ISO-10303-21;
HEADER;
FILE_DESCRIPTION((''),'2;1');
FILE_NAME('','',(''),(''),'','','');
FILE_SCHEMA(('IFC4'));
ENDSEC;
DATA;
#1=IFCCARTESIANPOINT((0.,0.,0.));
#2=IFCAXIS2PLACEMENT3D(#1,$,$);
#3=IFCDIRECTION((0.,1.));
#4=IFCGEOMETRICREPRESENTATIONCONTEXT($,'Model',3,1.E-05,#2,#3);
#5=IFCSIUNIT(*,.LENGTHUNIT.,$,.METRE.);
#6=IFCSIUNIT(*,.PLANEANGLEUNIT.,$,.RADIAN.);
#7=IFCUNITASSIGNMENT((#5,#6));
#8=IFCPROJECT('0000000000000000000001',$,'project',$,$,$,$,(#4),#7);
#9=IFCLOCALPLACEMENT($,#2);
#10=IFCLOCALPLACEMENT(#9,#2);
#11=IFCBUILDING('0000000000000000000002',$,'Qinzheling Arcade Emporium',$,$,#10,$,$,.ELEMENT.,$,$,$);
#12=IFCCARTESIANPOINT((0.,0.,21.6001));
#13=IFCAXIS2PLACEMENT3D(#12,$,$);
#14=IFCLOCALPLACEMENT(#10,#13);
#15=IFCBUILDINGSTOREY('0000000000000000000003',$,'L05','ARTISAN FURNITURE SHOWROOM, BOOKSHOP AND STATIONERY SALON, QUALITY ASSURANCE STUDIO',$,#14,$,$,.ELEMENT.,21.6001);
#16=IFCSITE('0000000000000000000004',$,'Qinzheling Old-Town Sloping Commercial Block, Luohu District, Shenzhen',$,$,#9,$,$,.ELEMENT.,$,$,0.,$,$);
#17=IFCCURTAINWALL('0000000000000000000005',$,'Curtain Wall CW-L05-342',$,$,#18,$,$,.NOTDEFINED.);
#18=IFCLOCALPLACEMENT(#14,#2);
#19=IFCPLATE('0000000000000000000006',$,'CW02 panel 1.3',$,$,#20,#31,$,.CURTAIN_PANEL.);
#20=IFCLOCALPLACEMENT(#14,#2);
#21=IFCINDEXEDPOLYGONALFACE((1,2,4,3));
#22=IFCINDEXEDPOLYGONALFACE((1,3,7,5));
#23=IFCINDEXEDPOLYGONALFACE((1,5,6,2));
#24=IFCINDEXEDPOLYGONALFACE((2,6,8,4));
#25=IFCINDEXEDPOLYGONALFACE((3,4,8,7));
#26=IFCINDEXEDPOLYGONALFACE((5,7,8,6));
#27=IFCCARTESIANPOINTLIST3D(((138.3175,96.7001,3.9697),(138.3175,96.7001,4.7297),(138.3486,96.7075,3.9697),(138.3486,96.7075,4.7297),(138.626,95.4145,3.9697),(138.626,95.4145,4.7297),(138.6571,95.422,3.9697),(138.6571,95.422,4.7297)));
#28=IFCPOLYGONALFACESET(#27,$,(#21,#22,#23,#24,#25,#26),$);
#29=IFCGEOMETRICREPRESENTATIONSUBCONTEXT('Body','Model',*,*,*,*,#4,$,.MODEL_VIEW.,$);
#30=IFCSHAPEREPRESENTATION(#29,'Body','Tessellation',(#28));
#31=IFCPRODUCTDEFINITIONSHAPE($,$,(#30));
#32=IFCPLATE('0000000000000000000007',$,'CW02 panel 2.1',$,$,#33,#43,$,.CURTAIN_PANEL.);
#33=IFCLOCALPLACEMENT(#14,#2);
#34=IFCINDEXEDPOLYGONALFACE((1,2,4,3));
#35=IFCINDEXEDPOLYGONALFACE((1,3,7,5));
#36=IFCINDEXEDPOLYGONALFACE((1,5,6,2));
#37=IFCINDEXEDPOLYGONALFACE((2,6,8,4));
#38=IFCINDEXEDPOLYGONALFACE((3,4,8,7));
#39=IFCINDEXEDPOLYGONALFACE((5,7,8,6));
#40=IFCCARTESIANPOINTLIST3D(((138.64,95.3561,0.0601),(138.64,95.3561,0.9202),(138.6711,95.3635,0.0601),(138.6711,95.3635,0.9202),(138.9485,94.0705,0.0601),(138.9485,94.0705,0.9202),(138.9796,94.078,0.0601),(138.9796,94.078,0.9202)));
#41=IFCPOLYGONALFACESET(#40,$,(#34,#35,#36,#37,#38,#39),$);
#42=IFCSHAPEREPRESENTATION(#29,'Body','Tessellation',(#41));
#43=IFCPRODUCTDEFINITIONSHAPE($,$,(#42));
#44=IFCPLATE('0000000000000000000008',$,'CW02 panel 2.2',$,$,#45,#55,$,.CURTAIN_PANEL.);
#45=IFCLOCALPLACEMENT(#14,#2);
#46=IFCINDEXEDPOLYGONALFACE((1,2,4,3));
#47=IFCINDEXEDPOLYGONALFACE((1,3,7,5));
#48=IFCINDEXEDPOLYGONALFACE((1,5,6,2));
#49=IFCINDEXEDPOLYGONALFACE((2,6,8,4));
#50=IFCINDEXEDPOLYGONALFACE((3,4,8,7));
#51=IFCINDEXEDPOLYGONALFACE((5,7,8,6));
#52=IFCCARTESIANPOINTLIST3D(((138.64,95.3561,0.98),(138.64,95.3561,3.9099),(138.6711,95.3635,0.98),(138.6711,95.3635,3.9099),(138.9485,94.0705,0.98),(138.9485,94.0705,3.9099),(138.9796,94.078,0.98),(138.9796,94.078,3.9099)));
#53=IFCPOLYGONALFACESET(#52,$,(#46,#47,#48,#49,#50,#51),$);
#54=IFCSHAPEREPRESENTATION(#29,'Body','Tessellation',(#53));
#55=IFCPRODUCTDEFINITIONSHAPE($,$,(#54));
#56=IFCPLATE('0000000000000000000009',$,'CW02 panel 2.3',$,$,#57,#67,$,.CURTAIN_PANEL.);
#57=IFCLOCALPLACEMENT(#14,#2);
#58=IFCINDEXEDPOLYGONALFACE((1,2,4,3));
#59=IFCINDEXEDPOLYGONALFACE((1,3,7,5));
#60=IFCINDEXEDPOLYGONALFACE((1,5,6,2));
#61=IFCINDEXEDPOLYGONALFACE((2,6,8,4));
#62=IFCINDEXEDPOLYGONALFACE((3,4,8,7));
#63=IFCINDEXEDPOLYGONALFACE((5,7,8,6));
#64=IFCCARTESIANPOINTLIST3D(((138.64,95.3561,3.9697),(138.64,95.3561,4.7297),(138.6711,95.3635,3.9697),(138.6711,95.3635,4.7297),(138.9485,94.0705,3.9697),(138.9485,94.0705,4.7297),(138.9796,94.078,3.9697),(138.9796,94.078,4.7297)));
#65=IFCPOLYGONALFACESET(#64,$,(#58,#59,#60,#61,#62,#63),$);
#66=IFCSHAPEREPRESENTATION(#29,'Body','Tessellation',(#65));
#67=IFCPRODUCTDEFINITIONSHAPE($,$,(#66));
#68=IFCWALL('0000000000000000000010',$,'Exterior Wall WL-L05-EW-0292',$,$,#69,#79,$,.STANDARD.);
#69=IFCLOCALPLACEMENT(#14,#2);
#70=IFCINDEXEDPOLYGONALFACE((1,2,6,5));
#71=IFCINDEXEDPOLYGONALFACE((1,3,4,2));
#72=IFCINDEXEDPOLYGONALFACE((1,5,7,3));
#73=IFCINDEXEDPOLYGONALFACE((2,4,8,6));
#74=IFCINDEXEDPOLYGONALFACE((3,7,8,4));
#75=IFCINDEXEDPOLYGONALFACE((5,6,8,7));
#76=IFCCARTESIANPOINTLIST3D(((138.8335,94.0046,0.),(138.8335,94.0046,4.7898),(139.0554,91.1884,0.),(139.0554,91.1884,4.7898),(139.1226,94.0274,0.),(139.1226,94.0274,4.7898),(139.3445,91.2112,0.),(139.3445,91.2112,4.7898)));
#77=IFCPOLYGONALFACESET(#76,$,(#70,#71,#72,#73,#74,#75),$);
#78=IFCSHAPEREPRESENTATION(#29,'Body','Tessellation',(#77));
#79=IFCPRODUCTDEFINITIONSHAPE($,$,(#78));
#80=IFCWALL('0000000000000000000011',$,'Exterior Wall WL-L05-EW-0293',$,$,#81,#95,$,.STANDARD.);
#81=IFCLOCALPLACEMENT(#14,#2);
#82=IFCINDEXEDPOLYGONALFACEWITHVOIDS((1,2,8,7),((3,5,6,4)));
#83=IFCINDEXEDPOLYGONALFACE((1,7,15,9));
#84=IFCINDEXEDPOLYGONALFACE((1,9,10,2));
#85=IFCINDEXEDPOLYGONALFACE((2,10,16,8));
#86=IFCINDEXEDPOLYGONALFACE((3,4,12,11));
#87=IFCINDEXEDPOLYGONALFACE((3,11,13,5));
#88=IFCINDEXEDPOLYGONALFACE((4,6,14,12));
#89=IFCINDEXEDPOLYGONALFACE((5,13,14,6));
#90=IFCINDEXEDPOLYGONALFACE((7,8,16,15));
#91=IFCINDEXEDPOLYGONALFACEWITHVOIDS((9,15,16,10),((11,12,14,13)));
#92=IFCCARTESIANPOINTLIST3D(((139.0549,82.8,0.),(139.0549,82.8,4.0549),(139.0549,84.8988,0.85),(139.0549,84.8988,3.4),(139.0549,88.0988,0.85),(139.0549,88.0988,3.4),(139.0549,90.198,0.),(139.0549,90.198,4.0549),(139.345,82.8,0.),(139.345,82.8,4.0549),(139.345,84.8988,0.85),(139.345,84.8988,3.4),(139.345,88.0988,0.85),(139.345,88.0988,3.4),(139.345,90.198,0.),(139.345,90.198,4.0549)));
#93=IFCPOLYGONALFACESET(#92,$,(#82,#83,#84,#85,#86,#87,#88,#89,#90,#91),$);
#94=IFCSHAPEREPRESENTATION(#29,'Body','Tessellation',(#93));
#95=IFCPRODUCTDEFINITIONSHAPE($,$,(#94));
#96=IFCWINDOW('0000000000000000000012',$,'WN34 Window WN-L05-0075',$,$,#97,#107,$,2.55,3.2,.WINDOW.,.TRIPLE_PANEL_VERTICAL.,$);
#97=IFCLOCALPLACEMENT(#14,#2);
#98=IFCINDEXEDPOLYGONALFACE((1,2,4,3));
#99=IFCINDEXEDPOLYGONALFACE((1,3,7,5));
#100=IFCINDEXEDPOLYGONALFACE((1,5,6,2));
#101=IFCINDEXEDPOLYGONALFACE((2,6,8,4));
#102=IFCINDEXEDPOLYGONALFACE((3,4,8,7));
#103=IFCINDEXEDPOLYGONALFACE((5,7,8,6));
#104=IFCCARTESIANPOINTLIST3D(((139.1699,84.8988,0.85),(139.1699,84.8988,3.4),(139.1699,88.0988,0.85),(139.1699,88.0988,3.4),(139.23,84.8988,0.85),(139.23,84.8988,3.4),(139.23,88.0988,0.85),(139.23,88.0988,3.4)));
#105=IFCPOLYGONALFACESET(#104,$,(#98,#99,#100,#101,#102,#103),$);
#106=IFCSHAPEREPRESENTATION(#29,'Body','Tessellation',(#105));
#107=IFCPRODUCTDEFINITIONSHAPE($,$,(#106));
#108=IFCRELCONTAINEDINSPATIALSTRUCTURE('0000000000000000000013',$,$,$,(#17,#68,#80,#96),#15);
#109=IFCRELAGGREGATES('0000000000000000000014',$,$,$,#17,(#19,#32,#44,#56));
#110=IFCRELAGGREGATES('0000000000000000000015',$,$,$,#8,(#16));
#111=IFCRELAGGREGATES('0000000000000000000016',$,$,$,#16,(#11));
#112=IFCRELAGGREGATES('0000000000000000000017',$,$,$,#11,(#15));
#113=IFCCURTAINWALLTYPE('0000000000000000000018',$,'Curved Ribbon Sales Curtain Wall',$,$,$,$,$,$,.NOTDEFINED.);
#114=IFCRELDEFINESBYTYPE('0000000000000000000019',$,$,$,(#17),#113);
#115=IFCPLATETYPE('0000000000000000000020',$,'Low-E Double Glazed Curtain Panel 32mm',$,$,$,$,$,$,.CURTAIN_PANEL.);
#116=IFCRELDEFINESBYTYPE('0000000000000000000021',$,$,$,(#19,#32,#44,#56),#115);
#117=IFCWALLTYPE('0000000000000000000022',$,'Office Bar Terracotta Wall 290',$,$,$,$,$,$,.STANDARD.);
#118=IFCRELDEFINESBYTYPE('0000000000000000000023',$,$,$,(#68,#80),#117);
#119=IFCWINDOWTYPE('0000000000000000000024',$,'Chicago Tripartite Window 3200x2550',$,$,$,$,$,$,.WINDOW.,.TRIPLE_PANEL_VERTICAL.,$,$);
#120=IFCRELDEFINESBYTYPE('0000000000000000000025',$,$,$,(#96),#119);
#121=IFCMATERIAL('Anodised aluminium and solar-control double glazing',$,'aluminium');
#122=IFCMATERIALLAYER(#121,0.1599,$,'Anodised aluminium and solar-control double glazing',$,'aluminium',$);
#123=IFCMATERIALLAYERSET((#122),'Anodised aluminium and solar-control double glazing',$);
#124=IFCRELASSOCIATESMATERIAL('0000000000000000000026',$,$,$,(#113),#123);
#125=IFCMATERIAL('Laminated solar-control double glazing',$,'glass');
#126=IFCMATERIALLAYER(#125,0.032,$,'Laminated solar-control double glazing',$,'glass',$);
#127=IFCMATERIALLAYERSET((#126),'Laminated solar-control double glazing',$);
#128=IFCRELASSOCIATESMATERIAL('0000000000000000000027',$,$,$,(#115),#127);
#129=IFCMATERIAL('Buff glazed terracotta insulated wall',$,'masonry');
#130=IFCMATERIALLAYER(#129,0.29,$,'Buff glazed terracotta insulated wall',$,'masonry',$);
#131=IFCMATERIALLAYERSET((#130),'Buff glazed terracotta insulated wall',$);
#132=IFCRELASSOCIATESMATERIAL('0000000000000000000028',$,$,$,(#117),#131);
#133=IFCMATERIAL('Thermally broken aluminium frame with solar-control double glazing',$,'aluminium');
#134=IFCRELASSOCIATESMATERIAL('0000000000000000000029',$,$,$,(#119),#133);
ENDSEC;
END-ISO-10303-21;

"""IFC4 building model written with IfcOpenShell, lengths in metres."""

from ifc_helpers import new_model, si_unit, direction, frame, frame_2d, origin, origin_2d, place, context, subcontext, project, spatial, rectangle, extrude, material, layer, layer_set, type_object, element, fill, aggregate, save


model = new_model("IFC4")

# Units and contexts
model_context = context("Model", 3, precision=1e-05, world=origin(), true_north=direction((0.0, 1.0)))
body_context = subcontext(model_context, "Body", "Model", "MODEL_VIEW")
ifc_project = project(units=[si_unit("LENGTHUNIT", "METRE"), si_unit("PLANEANGLEUNIT", "RADIAN")], contexts=[model_context])

# Site, building, storey
site_placement = place(None, origin())
site = spatial("IfcSite", under=ifc_project, at=site_placement, Name="Qinzheling Old-Town Sloping Commercial Block, Luohu District, Shenzhen", CompositionType="ELEMENT", RefElevation=0.0)
building_placement = place(site_placement, origin())
building = spatial("IfcBuilding", under=site, at=building_placement, Name="Qinzheling Arcade Emporium", CompositionType="ELEMENT")
storey_placement = place(building_placement, frame((0.0, 0.0, 21.6001)))
storey = spatial("IfcBuildingStorey", under=building, at=storey_placement, Name="L05", Description="ARTISAN FURNITURE SHOWROOM, BOOKSHOP AND STATIONERY SALON, QUALITY ASSURANCE STUDIO", CompositionType="ELEMENT", Elevation=21.6001)

# Shared definitions
ifc_material_1 = material(Name="Anodised aluminium and solar-control double glazing", Category="aluminium")
ifc_layer_1 = layer(ifc_material_1, 0.1599, Name="Anodised aluminium and solar-control double glazing", Category="aluminium")
ifc_layer_set_1 = layer_set([ifc_layer_1], Name="Anodised aluminium and solar-control double glazing")
curtain_wall_type = type_object("IfcCurtainWallType", Name="Curved Ribbon Sales Curtain Wall", PredefinedType="NOTDEFINED", material=ifc_layer_set_1)

# Curtain wall
curtain_wall_1_placement = place(storey_placement, origin())
curtain_wall_1 = element("IfcCurtainWall", 1, at=curtain_wall_1_placement, inside=storey, type_object=curtain_wall_type, Name="Curtain Wall CW-L05-342", PredefinedType="NOTDEFINED")

# Plates
ifc_material_2 = material(Name="Laminated solar-control double glazing", Category="glass")
ifc_layer_2 = layer(ifc_material_2, 0.032, Name="Laminated solar-control double glazing", Category="glass")
ifc_layer_set_2 = layer_set([ifc_layer_2], Name="Laminated solar-control double glazing")
plate_type_1 = type_object("IfcPlateType", Name="Low-E Double Glazed Curtain Panel 32mm", PredefinedType="CURTAIN_PANEL", material=ifc_layer_set_2)
plate_1_placement = place(storey_placement, frame((138.4873, 96.061, 3.9697), z_axis=(0.0, 0.0, 1.0), x_axis=(0.23336, -0.972391, 0.0)))
plate_1 = element("IfcPlate", 2, at=plate_1_placement, type_object=plate_type_1, Name="CW02 panel 1.3", PredefinedType="CURTAIN_PANEL", context=body_context, shape_type="SweptSolid", body=[
    extrude(rectangle(XDim=1.322, YDim=0.032, at=origin_2d()), origin(), (0.0, 0.0, 1.0), 0.76),
])
plate_2_placement = place(storey_placement, frame((138.8098, 94.717, 0.0601), z_axis=(0.0, 0.0, 1.0), x_axis=(0.23336, -0.972391, 0.0)))
plate_2 = element("IfcPlate", 3, at=plate_2_placement, type_object=plate_type_1, Name="CW02 panel 2.1", PredefinedType="CURTAIN_PANEL", context=body_context, shape_type="SweptSolid", body=[
    extrude(rectangle(XDim=1.322, YDim=0.032, at=origin_2d()), origin(), (0.0, 0.0, 1.0), 0.8601),
])
plate_3_placement = place(storey_placement, frame((138.8098, 94.717, 0.98), z_axis=(0.0, 0.0, 1.0), x_axis=(0.23336, -0.972391, 0.0)))
plate_3 = element("IfcPlate", 4, at=plate_3_placement, type_object=plate_type_1, Name="CW02 panel 2.2", PredefinedType="CURTAIN_PANEL", context=body_context, shape_type="SweptSolid", body=[
    extrude(rectangle(XDim=1.322, YDim=0.032, at=origin_2d()), origin(), (0.0, 0.0, 1.0), 2.9299),
])
plate_4_placement = place(storey_placement, frame((138.8098, 94.717, 3.9697), z_axis=(0.0, 0.0, 1.0), x_axis=(0.23336, -0.972391, 0.0)))
plate_4 = element("IfcPlate", 5, at=plate_4_placement, type_object=plate_type_1, Name="CW02 panel 2.3", PredefinedType="CURTAIN_PANEL", context=body_context, shape_type="SweptSolid", body=[
    extrude(rectangle(XDim=1.322, YDim=0.032, at=origin_2d()), origin(), (0.0, 0.0, 1.0), 0.76),
])
aggregate(curtain_wall_1, [plate_1, plate_2, plate_3, plate_4])

# Wall
ifc_material_3 = material(Name="Buff glazed terracotta insulated wall", Category="masonry")
ifc_layer_3 = layer(ifc_material_3, 0.29, Name="Buff glazed terracotta insulated wall", Category="masonry")
ifc_layer_set_3 = layer_set([ifc_layer_3], Name="Buff glazed terracotta insulated wall")
wall_type = type_object("IfcWallType", Name="Office Bar Terracotta Wall 290", PredefinedType="STANDARD", material=ifc_layer_set_3)
wall_1_placement = place(storey_placement, frame((138.978, 94.0161, 0.0), z_axis=(0.0, 0.0, 1.0), x_axis=(0.07856, -0.996909, 0.0)))
element("IfcWall", 6, at=wall_1_placement, inside=storey, type_object=wall_type, Name="Exterior Wall WL-L05-EW-0292", PredefinedType="STANDARD", context=body_context, shape_type="SweptSolid", body=[
    extrude(rectangle(XDim=2.825, YDim=0.29, at=frame_2d((1.4126, 0.0))), origin(), (0.0, 0.0, 1.0), 4.7898),
])

# Wall, opening, window
wall_2_placement = place(storey_placement, frame((139.2, 90.198, 0.0), z_axis=(0.0, 0.0, 1.0), x_axis=(0.0, -1.0, 0.0)))
wall_2 = element("IfcWall", 7, at=wall_2_placement, inside=storey, type_object=wall_type, Name="Exterior Wall WL-L05-EW-0293", PredefinedType="STANDARD", context=body_context, shape_type="SweptSolid", body=[
    extrude(rectangle(XDim=7.3979, YDim=0.29, at=frame_2d((3.699, 0.0))), origin(), (0.0, 0.0, 1.0), 4.0549),
])
opening_placement = place(wall_2_placement, frame((2.0991, 0.0, 0.8501)))
opening = element("IfcOpeningElement", 8, at=opening_placement, cuts=wall_2, PredefinedType="OPENING", context=body_context, shape_type="SweptSolid", body=[
    extrude(rectangle(XDim=3.2, YDim=2.55, at=frame_2d((1.6001, 1.2749))), frame((0.0, 0.155, 0.0), z_axis=(0.0, -1.0, 0.0), x_axis=(1.0, 0.0, 0.0)), (0.0, 0.0, 1.0), 0.3101),
])
ifc_material_4 = material(Name="Thermally broken aluminium frame with solar-control double glazing", Category="aluminium")
window_type = type_object("IfcWindowType", Name="Chicago Tripartite Window 3200x2550", PartitioningType="TRIPLE_PANEL_VERTICAL", PredefinedType="WINDOW", material=ifc_material_4)
window_placement = place(opening_placement, origin())
window = element("IfcWindow", 9, at=window_placement, inside=storey, type_object=window_type, Name="WN34 Window WN-L05-0075", OverallHeight=2.55, OverallWidth=3.2, PartitioningType="TRIPLE_PANEL_VERTICAL", PredefinedType="WINDOW", context=body_context, shape_type="SweptSolid", body=[
    extrude(rectangle(XDim=3.2, YDim=2.55, at=frame_2d((1.6001, 1.2749))), frame((0.0, 0.03, 0.0), z_axis=(0.0, -1.0, 0.0), x_axis=(1.0, 0.0, 0.0)), (0.0, 0.0, 1.0), 0.0601),
])
fill(opening, window)

save(model, "model.ifc")
